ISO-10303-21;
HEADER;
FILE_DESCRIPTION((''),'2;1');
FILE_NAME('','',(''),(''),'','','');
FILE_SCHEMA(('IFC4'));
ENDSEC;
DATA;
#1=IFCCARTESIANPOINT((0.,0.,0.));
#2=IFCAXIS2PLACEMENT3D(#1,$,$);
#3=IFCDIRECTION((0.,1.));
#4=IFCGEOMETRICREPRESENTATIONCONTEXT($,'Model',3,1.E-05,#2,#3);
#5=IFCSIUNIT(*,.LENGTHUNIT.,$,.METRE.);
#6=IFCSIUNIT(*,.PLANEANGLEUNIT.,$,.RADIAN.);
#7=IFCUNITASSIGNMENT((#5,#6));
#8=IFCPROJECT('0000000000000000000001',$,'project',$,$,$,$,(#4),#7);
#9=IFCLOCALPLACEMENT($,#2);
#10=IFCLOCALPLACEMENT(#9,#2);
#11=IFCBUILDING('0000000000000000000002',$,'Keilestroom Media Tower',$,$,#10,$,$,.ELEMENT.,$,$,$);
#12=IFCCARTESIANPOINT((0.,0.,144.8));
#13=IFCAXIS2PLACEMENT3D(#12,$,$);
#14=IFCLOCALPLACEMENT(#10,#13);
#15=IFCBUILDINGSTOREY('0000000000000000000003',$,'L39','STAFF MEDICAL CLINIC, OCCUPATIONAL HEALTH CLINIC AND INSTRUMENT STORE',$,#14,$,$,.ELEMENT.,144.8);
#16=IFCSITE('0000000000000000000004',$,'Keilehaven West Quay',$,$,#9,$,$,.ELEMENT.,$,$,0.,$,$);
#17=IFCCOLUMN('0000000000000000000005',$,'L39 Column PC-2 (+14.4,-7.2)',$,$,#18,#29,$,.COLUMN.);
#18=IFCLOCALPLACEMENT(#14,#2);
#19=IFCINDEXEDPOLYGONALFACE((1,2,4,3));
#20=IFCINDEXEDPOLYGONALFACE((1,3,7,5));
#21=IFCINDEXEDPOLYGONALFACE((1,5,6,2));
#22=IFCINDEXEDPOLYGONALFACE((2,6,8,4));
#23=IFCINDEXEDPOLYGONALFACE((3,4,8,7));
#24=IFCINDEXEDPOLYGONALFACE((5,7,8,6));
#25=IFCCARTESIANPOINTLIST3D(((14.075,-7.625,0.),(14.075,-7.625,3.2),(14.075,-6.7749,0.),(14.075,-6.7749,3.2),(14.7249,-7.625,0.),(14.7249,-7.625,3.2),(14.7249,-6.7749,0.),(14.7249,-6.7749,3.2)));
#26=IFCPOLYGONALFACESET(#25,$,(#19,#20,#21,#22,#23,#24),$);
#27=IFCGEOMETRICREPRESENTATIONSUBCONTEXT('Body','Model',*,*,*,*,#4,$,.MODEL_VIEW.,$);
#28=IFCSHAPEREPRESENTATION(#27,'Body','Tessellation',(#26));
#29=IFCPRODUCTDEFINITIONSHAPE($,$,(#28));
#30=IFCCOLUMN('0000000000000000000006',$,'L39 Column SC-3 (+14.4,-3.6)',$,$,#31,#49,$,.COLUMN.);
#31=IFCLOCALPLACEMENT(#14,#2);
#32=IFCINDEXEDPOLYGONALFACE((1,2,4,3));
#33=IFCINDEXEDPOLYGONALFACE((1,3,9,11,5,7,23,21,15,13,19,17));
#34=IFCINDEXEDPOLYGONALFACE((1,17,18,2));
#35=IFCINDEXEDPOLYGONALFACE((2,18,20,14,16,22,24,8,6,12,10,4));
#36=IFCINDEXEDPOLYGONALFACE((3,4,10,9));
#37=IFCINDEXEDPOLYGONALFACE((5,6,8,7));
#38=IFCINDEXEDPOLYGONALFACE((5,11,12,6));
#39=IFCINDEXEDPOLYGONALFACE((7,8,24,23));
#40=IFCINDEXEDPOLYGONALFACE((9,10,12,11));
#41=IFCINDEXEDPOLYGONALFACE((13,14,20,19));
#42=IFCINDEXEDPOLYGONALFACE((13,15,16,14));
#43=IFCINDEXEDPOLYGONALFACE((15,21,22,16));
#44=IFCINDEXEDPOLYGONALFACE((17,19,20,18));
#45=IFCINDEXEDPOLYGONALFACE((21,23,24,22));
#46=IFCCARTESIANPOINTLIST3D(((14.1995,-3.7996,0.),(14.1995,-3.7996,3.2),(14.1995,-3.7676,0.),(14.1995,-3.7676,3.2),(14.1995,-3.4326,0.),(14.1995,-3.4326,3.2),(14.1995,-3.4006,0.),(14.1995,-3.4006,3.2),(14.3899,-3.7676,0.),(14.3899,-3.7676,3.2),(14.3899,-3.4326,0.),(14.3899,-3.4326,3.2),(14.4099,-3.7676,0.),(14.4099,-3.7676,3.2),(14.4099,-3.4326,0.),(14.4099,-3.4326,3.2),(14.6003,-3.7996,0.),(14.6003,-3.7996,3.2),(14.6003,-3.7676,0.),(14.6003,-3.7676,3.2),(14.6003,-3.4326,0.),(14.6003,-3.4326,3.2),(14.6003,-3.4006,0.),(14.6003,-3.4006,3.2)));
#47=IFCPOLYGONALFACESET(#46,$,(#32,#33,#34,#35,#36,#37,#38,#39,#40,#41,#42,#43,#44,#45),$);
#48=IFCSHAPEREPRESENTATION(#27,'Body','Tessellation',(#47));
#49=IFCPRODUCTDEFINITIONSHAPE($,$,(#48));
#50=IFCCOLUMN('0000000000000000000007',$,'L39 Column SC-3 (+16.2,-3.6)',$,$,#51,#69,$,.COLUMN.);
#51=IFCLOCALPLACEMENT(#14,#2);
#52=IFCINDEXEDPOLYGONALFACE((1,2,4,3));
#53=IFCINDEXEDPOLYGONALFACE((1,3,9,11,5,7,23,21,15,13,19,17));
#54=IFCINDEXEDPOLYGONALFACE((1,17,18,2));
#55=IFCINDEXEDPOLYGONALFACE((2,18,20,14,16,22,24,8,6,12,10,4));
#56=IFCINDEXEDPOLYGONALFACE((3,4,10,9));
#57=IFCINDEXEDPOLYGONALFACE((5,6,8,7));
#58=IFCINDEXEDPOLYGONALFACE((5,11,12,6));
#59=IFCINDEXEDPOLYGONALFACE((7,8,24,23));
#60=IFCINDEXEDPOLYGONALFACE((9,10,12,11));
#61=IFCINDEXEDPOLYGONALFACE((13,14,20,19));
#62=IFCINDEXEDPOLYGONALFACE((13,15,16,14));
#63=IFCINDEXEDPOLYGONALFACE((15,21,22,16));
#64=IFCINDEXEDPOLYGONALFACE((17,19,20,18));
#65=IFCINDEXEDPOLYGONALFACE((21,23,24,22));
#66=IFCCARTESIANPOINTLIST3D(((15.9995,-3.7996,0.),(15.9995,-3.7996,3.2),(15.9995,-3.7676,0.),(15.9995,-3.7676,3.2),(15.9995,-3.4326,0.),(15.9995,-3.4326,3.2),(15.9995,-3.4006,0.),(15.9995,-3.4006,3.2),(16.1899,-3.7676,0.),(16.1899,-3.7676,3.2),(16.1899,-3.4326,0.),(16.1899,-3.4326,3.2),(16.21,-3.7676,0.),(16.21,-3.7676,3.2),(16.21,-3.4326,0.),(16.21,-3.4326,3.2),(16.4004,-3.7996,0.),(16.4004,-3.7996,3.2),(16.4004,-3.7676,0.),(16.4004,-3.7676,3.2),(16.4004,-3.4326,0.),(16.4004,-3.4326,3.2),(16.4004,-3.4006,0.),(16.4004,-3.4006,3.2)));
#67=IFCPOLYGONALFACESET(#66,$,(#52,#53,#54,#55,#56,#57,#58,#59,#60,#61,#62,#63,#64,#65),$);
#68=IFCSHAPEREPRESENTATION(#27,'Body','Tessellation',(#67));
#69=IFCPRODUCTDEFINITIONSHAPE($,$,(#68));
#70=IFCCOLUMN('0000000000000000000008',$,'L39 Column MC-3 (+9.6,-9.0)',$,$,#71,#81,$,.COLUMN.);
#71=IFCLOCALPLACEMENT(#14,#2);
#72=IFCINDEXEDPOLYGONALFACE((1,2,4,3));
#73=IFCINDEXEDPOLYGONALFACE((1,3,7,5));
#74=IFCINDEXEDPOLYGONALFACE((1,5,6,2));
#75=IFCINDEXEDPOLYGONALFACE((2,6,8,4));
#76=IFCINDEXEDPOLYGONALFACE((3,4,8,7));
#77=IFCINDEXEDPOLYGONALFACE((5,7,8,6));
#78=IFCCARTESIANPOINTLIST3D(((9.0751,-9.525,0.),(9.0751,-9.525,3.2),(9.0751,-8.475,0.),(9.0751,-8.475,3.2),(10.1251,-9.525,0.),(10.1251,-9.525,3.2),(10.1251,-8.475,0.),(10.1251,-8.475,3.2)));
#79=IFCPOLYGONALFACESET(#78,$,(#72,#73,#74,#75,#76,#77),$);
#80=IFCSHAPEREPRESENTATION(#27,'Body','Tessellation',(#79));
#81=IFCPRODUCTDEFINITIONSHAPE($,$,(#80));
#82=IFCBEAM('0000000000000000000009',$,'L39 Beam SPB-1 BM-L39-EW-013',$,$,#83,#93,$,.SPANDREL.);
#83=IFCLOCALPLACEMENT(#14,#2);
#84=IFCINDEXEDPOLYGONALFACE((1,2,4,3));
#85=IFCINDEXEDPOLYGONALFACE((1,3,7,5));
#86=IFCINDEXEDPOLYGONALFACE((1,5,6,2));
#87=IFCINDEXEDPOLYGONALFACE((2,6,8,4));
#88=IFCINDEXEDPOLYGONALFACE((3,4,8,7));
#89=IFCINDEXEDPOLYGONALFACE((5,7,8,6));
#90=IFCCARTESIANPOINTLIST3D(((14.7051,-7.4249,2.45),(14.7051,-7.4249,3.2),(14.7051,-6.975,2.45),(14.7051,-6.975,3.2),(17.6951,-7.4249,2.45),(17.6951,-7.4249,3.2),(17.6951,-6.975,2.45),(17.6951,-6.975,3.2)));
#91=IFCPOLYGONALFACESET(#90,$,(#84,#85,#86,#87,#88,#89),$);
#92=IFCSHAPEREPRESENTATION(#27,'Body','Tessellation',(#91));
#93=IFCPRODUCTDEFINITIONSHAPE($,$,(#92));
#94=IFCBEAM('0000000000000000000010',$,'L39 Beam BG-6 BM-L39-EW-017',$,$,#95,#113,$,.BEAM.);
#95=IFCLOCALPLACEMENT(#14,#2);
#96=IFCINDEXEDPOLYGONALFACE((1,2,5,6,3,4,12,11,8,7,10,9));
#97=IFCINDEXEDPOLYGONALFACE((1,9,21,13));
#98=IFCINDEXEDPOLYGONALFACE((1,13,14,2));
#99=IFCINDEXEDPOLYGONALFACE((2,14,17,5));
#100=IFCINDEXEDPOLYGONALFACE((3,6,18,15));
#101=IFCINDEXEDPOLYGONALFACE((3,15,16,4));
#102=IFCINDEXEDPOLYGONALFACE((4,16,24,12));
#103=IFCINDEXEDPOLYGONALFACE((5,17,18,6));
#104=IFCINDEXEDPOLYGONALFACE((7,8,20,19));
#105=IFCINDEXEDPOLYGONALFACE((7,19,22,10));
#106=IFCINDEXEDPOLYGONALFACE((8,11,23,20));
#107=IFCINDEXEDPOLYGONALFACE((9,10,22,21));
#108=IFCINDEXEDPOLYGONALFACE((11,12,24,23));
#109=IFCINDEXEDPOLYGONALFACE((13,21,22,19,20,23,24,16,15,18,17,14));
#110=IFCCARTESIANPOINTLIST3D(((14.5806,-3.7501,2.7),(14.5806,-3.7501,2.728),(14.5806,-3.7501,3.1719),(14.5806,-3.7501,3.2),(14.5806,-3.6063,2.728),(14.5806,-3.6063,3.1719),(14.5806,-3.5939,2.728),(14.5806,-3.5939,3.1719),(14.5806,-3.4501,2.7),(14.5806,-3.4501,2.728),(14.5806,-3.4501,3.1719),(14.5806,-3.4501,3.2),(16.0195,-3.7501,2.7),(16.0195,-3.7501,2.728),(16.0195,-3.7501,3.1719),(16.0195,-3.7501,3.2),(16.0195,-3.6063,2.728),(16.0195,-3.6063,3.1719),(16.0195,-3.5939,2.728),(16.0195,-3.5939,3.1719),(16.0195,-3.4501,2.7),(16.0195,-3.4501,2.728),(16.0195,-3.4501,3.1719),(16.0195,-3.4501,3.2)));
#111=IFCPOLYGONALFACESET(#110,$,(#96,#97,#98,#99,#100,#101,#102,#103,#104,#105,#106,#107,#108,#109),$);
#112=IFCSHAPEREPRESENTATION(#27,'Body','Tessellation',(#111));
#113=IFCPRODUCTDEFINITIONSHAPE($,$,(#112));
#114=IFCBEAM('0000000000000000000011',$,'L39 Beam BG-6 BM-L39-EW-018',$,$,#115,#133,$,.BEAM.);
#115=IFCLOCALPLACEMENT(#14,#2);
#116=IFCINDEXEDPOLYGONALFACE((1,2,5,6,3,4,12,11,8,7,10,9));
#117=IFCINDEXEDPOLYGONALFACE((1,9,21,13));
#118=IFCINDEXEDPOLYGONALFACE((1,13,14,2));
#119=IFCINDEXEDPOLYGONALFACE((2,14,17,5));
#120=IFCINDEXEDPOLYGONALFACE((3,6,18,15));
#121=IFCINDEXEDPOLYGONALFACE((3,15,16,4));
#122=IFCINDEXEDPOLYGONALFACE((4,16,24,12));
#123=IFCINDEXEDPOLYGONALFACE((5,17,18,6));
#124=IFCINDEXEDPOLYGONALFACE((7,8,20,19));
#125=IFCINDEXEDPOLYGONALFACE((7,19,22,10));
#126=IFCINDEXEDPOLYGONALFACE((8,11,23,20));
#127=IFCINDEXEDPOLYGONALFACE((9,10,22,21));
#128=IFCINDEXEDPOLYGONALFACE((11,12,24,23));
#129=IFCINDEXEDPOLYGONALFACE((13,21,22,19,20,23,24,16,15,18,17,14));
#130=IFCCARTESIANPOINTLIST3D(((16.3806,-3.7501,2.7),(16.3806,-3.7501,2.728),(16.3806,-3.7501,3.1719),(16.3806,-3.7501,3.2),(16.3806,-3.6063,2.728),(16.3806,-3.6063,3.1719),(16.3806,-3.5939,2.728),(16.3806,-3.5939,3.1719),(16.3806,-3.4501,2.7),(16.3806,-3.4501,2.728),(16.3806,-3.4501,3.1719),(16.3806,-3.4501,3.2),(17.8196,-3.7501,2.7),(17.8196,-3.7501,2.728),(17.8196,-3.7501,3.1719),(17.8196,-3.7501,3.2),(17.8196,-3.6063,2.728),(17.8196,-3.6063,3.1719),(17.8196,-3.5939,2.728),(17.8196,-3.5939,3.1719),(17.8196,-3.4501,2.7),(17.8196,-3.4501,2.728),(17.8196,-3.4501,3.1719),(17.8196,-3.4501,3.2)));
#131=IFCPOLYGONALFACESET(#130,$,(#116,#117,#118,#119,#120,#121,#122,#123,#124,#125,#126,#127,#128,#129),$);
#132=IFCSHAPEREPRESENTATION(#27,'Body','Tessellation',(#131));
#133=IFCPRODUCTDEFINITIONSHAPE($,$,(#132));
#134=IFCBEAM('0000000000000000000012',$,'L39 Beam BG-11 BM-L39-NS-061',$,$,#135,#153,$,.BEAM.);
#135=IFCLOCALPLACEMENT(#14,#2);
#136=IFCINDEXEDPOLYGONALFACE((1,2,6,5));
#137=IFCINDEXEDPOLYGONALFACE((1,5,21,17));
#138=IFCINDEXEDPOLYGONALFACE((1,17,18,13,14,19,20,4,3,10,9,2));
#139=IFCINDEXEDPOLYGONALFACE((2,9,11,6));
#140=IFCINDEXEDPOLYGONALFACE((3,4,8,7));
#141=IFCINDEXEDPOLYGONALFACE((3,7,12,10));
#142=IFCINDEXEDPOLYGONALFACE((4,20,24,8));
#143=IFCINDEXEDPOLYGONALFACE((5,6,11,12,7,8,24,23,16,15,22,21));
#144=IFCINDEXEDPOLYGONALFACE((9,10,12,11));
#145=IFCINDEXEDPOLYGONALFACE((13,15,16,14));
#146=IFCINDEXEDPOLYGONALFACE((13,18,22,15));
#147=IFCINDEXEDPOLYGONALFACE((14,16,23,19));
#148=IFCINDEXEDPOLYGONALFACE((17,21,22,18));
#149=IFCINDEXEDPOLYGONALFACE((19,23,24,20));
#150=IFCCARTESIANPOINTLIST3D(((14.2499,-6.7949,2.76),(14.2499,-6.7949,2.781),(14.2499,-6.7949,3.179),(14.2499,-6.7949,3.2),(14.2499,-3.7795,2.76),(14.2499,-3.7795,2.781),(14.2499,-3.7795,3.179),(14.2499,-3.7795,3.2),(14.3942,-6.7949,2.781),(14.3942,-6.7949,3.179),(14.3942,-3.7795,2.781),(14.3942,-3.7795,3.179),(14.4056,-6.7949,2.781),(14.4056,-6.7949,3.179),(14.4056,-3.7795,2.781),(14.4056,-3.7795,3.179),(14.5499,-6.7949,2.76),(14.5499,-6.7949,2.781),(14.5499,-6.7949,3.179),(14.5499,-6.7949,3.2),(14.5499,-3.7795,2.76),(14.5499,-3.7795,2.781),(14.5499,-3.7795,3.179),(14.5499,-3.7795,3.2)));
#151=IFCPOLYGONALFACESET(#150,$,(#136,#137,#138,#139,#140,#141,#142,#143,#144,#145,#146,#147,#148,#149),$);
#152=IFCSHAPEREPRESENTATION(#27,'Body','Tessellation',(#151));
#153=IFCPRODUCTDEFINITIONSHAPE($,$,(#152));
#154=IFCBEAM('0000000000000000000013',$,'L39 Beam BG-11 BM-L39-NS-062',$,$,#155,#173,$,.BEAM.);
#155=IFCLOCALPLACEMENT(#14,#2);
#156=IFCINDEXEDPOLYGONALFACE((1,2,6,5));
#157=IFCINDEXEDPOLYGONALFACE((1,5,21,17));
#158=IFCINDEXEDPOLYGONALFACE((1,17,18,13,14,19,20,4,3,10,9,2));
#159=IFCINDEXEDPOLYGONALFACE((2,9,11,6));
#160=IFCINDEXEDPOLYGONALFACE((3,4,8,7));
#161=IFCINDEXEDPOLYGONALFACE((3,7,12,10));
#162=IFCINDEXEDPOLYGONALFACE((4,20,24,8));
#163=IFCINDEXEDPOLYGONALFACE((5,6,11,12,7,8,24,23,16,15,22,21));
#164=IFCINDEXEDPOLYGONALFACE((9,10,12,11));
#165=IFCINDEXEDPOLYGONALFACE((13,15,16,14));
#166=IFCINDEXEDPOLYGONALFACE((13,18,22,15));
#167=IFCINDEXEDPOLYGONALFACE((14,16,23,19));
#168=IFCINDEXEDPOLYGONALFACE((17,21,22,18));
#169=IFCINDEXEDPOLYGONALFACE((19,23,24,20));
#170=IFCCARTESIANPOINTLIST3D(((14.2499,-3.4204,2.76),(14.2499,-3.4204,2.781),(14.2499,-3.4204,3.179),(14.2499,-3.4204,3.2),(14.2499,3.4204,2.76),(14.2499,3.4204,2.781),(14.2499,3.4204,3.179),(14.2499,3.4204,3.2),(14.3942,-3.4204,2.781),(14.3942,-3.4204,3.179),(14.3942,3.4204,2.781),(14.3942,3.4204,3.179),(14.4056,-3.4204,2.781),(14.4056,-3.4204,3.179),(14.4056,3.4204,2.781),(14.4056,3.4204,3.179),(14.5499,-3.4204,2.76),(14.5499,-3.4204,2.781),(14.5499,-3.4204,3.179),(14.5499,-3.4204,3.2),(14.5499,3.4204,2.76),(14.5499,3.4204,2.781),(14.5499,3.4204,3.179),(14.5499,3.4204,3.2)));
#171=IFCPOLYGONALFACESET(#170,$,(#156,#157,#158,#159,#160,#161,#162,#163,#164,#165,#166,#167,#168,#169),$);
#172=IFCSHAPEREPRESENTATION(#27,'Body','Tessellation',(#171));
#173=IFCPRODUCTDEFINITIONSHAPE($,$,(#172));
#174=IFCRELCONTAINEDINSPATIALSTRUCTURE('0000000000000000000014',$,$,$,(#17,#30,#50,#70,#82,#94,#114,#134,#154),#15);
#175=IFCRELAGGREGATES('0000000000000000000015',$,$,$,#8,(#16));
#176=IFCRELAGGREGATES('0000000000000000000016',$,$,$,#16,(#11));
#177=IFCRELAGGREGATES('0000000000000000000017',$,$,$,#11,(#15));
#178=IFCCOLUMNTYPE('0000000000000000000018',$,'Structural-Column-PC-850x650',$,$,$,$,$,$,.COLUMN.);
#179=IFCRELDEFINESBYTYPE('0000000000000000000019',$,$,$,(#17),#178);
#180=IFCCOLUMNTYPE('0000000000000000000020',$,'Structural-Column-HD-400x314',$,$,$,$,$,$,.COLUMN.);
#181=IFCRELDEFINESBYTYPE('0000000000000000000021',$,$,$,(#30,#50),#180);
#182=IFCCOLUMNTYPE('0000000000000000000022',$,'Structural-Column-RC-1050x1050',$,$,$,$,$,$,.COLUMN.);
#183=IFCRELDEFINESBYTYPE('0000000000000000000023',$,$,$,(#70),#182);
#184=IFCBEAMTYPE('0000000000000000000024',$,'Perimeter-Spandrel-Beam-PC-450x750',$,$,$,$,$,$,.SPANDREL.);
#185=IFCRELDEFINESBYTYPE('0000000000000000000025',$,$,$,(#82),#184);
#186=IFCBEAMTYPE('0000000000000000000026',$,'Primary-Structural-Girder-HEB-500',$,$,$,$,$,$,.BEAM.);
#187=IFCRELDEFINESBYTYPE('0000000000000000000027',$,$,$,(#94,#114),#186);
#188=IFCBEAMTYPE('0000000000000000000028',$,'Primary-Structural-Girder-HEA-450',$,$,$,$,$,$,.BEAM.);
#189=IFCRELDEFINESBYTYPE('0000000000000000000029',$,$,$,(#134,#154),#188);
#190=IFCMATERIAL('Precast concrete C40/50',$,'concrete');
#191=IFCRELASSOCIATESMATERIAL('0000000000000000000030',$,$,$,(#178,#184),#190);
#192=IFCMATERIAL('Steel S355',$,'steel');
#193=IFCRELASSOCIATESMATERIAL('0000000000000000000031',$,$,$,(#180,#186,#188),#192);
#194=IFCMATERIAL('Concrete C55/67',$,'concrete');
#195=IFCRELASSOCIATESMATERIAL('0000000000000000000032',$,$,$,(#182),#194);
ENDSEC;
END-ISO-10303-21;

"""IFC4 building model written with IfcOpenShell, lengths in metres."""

from ifc_helpers import new_model, si_unit, direction, frame, origin, origin_2d, place, context, subcontext, project, spatial, rectangle, i_section, extrude, source, transform, mapped, material, material_profile, profile_set, type_object, element, save


model = new_model("IFC4")

# Units and contexts
model_context = context("Model", 3, precision=1e-05, world=origin(), true_north=direction((0.0, 1.0)))
body_context = subcontext(model_context, "Body", "Model", "MODEL_VIEW")
ifc_project = project(units=[si_unit("LENGTHUNIT", "METRE"), si_unit("PLANEANGLEUNIT", "RADIAN")], contexts=[model_context])

# Site, building, storey
site_placement = place(None, origin())
site = spatial("IfcSite", under=ifc_project, at=site_placement, Name="Keilehaven West Quay", CompositionType="ELEMENT", RefElevation=0.0)
building_placement = place(site_placement, origin())
building = spatial("IfcBuilding", under=site, at=building_placement, Name="Keilestroom Media Tower", CompositionType="ELEMENT")
storey_placement = place(building_placement, frame((0.0, 0.0, 144.8)))
storey = spatial("IfcBuildingStorey", under=building, at=storey_placement, Name="L39", Description="STAFF MEDICAL CLINIC, OCCUPATIONAL HEALTH CLINIC AND INSTRUMENT STORE", CompositionType="ELEMENT", Elevation=144.8)

# Columns
ifc_material_1 = material(Name="Precast concrete C40/50", Category="concrete")
ifc_material_profile_1 = material_profile(ifc_material_1, rectangle(XDim=0.6499, YDim=0.8501, at=origin_2d()), Name="PC 850x650")
ifc_profile_set_1 = profile_set([ifc_material_profile_1], Name="Precast concrete C40/50")
column_type_1 = type_object("IfcColumnType", Name="Structural-Column-PC-850x650", PredefinedType="COLUMN", material=ifc_profile_set_1)
shared_shape_1 = source(origin(), body_context, "Body", "SweptSolid", [
    extrude(rectangle(XDim=0.6499, YDim=0.8501, at=origin_2d()), origin(), (0.0, 0.0, 1.0), 3.2),
])
column_1_placement = place(storey_placement, frame((14.3999, -7.2, 0.0), z_axis=(0.0, 0.0, 1.0), x_axis=(1.0, 0.0, 0.0)))
element("IfcColumn", 1, at=column_1_placement, inside=storey, type_object=column_type_1, Name="L39 Column PC-2 (+14.4,-7.2)", PredefinedType="COLUMN", context=body_context, shape_type="MappedRepresentation", body=[
    mapped(shared_shape_1, transform((0.0, 0.0, 0.0), x_axis=(1.0, 0.0, 0.0), y_axis=(0.0, 1.0, 0.0), z_axis=(0.0, 0.0, 1.0), scale=1.0)),
])
ifc_material_2 = material(Name="Steel S355", Category="steel")
ifc_material_profile_2 = material_profile(ifc_material_2, i_section(OverallWidth=0.4009, OverallDepth=0.3989, WebThickness=0.02, FlangeThickness=0.032, at=origin_2d()), Name="HD 400x314")
ifc_profile_set_2 = profile_set([ifc_material_profile_2], Name="Steel S355")
column_type_2 = type_object("IfcColumnType", Name="Structural-Column-HD-400x314", PredefinedType="COLUMN", material=ifc_profile_set_2)
shared_shape_2 = source(origin(), body_context, "Body", "SweptSolid", [
    extrude(i_section(OverallWidth=0.4009, OverallDepth=0.3989, WebThickness=0.02, FlangeThickness=0.032, at=origin_2d()), origin(), (0.0, 0.0, 1.0), 3.2),
])
for number, where, z_axis, x_axis, name in (
    (2, (14.3999, -3.6001, 0.0), (0.0, 0.0, 1.0), (1.0, 0.0, 0.0), "L39 Column SC-3 (+14.4,-3.6)"),
    (3, (16.2, -3.6001, 0.0), (0.0, 0.0, 1.0), (1.0, 0.0, 0.0), "L39 Column SC-3 (+16.2,-3.6)"),
):
    element("IfcColumn", number, at=place(storey_placement, frame(where, z_axis=z_axis, x_axis=x_axis)), inside=storey, type_object=column_type_2, Name=name, PredefinedType="COLUMN", context=body_context, shape_type="MappedRepresentation", body=[
        mapped(shared_shape_2, transform((0.0, 0.0, 0.0), x_axis=(1.0, 0.0, 0.0), y_axis=(0.0, 1.0, 0.0), z_axis=(0.0, 0.0, 1.0), scale=1.0)),
    ])
ifc_material_3 = material(Name="Concrete C55/67", Category="concrete")
ifc_material_profile_3 = material_profile(ifc_material_3, rectangle(XDim=1.05, YDim=1.05, at=origin_2d()), Name="RC 1050x1050")
ifc_profile_set_3 = profile_set([ifc_material_profile_3], Name="Concrete C55/67")
column_type_3 = type_object("IfcColumnType", Name="Structural-Column-RC-1050x1050", PredefinedType="COLUMN", material=ifc_profile_set_3)
shared_shape_3 = source(origin(), body_context, "Body", "SweptSolid", [
    extrude(rectangle(XDim=1.05, YDim=1.05, at=origin_2d()), origin(), (0.0, 0.0, 1.0), 3.2),
])
column_2_placement = place(storey_placement, frame((9.6001, -9.0, 0.0), z_axis=(0.0, 0.0, 1.0), x_axis=(1.0, 0.0, 0.0)))
element("IfcColumn", 4, at=column_2_placement, inside=storey, type_object=column_type_3, Name="L39 Column MC-3 (+9.6,-9.0)", PredefinedType="COLUMN", context=body_context, shape_type="MappedRepresentation", body=[
    mapped(shared_shape_3, transform((0.0, 0.0, 0.0), x_axis=(1.0, 0.0, 0.0), y_axis=(0.0, 1.0, 0.0), z_axis=(0.0, 0.0, 1.0), scale=1.0)),
])

# Beams
ifc_material_profile_4 = material_profile(ifc_material_1, rectangle(XDim=0.45, YDim=0.75, at=origin_2d()), Name="PC 450x750")
ifc_profile_set_4 = profile_set([ifc_material_profile_4], Name="Precast concrete C40/50")
beam_type_1 = type_object("IfcBeamType", Name="Perimeter-Spandrel-Beam-PC-450x750", PredefinedType="SPANDREL", material=ifc_profile_set_4)
shared_shape_4 = source(origin(), body_context, "Body", "SweptSolid", [
    extrude(rectangle(XDim=0.45, YDim=0.75, at=origin_2d()), origin(), (0.0, 0.0, 1.0), 2.99),
])
beam_1_placement = place(storey_placement, frame((14.7051, -7.2, 2.825), z_axis=(1.0, 0.0, 0.0), x_axis=(0.0, 1.0, 0.0)))
element("IfcBeam", 5, at=beam_1_placement, inside=storey, type_object=beam_type_1, Name="L39 Beam SPB-1 BM-L39-EW-013", PredefinedType="SPANDREL", context=body_context, shape_type="MappedRepresentation", body=[
    mapped(shared_shape_4, transform((0.0, 0.0, 0.0), x_axis=(1.0, 0.0, 0.0), y_axis=(0.0, 1.0, 0.0), z_axis=(0.0, 0.0, 1.0), scale=1.0)),
])
ifc_material_profile_5 = material_profile(ifc_material_2, i_section(OverallWidth=0.3, OverallDepth=0.5, WebThickness=0.0125, FlangeThickness=0.0281, at=origin_2d()), Name="HEB 500")
ifc_profile_set_5 = profile_set([ifc_material_profile_5], Name="Steel S355")
beam_type_2 = type_object("IfcBeamType", Name="Primary-Structural-Girder-HEB-500", PredefinedType="BEAM", material=ifc_profile_set_5)
shared_shape_5 = source(origin(), body_context, "Body", "SweptSolid", [
    extrude(i_section(OverallWidth=0.3, OverallDepth=0.5, WebThickness=0.0125, FlangeThickness=0.0281, at=origin_2d()), origin(), (0.0, 0.0, 1.0), 1.439),
])
for number, where, z_axis, x_axis, name in (
    (6, (14.5806, -3.6001, 2.95), (1.0, 0.0, 0.0), (0.0, 1.0, 0.0), "L39 Beam BG-6 BM-L39-EW-017"),
    (7, (16.3806, -3.6001, 2.95), (1.0, 0.0, 0.0), (0.0, 1.0, 0.0), "L39 Beam BG-6 BM-L39-EW-018"),
):
    element("IfcBeam", number, at=place(storey_placement, frame(where, z_axis=z_axis, x_axis=x_axis)), inside=storey, type_object=beam_type_2, Name=name, PredefinedType="BEAM", context=body_context, shape_type="MappedRepresentation", body=[
        mapped(shared_shape_5, transform((0.0, 0.0, 0.0), x_axis=(1.0, 0.0, 0.0), y_axis=(0.0, 1.0, 0.0), z_axis=(0.0, 0.0, 1.0), scale=1.0)),
    ])
ifc_material_profile_6 = material_profile(ifc_material_2, i_section(OverallWidth=0.3, OverallDepth=0.4399, WebThickness=0.0115, FlangeThickness=0.021, at=origin_2d()), Name="HEA 450")
ifc_profile_set_6 = profile_set([ifc_material_profile_6], Name="Steel S355")
beam_type_3 = type_object("IfcBeamType", Name="Primary-Structural-Girder-HEA-450", PredefinedType="BEAM", material=ifc_profile_set_6)
shared_shape_6 = source(origin(), body_context, "Body", "SweptSolid", [
    extrude(i_section(OverallWidth=0.3, OverallDepth=0.4399, WebThickness=0.0115, FlangeThickness=0.021, at=origin_2d()), origin(), (0.0, 0.0, 1.0), 3.0154),
])
beam_2_placement = place(storey_placement, frame((14.3999, -6.7949, 2.98), z_axis=(0.0, 1.0, 0.0), x_axis=(-1.0, 0.0, 0.0)))
element("IfcBeam", 8, at=beam_2_placement, inside=storey, type_object=beam_type_3, Name="L39 Beam BG-11 BM-L39-NS-061", PredefinedType="BEAM", context=body_context, shape_type="MappedRepresentation", body=[
    mapped(shared_shape_6, transform((0.0, 0.0, 0.0), x_axis=(1.0, 0.0, 0.0), y_axis=(0.0, 1.0, 0.0), z_axis=(0.0, 0.0, 1.0), scale=1.0)),
])
shared_shape_7 = source(origin(), body_context, "Body", "SweptSolid", [
    extrude(i_section(OverallWidth=0.3, OverallDepth=0.4399, WebThickness=0.0115, FlangeThickness=0.021, at=origin_2d()), origin(), (0.0, 0.0, 1.0), 6.8408),
])
for number, where, z_axis, x_axis, name in (
    (9, (14.3999, -3.4204, 2.98), (0.0, 1.0, 0.0), (-1.0, 0.0, 0.0), "L39 Beam BG-11 BM-L39-NS-062"),
):
    element("IfcBeam", number, at=place(storey_placement, frame(where, z_axis=z_axis, x_axis=x_axis)), inside=storey, type_object=beam_type_3, Name=name, PredefinedType="BEAM", context=body_context, shape_type="MappedRepresentation", body=[
        mapped(shared_shape_7, transform((0.0, 0.0, 0.0), x_axis=(1.0, 0.0, 0.0), y_axis=(0.0, 1.0, 0.0), z_axis=(0.0, 0.0, 1.0), scale=1.0)),
    ])

save(model, "model.ifc")
